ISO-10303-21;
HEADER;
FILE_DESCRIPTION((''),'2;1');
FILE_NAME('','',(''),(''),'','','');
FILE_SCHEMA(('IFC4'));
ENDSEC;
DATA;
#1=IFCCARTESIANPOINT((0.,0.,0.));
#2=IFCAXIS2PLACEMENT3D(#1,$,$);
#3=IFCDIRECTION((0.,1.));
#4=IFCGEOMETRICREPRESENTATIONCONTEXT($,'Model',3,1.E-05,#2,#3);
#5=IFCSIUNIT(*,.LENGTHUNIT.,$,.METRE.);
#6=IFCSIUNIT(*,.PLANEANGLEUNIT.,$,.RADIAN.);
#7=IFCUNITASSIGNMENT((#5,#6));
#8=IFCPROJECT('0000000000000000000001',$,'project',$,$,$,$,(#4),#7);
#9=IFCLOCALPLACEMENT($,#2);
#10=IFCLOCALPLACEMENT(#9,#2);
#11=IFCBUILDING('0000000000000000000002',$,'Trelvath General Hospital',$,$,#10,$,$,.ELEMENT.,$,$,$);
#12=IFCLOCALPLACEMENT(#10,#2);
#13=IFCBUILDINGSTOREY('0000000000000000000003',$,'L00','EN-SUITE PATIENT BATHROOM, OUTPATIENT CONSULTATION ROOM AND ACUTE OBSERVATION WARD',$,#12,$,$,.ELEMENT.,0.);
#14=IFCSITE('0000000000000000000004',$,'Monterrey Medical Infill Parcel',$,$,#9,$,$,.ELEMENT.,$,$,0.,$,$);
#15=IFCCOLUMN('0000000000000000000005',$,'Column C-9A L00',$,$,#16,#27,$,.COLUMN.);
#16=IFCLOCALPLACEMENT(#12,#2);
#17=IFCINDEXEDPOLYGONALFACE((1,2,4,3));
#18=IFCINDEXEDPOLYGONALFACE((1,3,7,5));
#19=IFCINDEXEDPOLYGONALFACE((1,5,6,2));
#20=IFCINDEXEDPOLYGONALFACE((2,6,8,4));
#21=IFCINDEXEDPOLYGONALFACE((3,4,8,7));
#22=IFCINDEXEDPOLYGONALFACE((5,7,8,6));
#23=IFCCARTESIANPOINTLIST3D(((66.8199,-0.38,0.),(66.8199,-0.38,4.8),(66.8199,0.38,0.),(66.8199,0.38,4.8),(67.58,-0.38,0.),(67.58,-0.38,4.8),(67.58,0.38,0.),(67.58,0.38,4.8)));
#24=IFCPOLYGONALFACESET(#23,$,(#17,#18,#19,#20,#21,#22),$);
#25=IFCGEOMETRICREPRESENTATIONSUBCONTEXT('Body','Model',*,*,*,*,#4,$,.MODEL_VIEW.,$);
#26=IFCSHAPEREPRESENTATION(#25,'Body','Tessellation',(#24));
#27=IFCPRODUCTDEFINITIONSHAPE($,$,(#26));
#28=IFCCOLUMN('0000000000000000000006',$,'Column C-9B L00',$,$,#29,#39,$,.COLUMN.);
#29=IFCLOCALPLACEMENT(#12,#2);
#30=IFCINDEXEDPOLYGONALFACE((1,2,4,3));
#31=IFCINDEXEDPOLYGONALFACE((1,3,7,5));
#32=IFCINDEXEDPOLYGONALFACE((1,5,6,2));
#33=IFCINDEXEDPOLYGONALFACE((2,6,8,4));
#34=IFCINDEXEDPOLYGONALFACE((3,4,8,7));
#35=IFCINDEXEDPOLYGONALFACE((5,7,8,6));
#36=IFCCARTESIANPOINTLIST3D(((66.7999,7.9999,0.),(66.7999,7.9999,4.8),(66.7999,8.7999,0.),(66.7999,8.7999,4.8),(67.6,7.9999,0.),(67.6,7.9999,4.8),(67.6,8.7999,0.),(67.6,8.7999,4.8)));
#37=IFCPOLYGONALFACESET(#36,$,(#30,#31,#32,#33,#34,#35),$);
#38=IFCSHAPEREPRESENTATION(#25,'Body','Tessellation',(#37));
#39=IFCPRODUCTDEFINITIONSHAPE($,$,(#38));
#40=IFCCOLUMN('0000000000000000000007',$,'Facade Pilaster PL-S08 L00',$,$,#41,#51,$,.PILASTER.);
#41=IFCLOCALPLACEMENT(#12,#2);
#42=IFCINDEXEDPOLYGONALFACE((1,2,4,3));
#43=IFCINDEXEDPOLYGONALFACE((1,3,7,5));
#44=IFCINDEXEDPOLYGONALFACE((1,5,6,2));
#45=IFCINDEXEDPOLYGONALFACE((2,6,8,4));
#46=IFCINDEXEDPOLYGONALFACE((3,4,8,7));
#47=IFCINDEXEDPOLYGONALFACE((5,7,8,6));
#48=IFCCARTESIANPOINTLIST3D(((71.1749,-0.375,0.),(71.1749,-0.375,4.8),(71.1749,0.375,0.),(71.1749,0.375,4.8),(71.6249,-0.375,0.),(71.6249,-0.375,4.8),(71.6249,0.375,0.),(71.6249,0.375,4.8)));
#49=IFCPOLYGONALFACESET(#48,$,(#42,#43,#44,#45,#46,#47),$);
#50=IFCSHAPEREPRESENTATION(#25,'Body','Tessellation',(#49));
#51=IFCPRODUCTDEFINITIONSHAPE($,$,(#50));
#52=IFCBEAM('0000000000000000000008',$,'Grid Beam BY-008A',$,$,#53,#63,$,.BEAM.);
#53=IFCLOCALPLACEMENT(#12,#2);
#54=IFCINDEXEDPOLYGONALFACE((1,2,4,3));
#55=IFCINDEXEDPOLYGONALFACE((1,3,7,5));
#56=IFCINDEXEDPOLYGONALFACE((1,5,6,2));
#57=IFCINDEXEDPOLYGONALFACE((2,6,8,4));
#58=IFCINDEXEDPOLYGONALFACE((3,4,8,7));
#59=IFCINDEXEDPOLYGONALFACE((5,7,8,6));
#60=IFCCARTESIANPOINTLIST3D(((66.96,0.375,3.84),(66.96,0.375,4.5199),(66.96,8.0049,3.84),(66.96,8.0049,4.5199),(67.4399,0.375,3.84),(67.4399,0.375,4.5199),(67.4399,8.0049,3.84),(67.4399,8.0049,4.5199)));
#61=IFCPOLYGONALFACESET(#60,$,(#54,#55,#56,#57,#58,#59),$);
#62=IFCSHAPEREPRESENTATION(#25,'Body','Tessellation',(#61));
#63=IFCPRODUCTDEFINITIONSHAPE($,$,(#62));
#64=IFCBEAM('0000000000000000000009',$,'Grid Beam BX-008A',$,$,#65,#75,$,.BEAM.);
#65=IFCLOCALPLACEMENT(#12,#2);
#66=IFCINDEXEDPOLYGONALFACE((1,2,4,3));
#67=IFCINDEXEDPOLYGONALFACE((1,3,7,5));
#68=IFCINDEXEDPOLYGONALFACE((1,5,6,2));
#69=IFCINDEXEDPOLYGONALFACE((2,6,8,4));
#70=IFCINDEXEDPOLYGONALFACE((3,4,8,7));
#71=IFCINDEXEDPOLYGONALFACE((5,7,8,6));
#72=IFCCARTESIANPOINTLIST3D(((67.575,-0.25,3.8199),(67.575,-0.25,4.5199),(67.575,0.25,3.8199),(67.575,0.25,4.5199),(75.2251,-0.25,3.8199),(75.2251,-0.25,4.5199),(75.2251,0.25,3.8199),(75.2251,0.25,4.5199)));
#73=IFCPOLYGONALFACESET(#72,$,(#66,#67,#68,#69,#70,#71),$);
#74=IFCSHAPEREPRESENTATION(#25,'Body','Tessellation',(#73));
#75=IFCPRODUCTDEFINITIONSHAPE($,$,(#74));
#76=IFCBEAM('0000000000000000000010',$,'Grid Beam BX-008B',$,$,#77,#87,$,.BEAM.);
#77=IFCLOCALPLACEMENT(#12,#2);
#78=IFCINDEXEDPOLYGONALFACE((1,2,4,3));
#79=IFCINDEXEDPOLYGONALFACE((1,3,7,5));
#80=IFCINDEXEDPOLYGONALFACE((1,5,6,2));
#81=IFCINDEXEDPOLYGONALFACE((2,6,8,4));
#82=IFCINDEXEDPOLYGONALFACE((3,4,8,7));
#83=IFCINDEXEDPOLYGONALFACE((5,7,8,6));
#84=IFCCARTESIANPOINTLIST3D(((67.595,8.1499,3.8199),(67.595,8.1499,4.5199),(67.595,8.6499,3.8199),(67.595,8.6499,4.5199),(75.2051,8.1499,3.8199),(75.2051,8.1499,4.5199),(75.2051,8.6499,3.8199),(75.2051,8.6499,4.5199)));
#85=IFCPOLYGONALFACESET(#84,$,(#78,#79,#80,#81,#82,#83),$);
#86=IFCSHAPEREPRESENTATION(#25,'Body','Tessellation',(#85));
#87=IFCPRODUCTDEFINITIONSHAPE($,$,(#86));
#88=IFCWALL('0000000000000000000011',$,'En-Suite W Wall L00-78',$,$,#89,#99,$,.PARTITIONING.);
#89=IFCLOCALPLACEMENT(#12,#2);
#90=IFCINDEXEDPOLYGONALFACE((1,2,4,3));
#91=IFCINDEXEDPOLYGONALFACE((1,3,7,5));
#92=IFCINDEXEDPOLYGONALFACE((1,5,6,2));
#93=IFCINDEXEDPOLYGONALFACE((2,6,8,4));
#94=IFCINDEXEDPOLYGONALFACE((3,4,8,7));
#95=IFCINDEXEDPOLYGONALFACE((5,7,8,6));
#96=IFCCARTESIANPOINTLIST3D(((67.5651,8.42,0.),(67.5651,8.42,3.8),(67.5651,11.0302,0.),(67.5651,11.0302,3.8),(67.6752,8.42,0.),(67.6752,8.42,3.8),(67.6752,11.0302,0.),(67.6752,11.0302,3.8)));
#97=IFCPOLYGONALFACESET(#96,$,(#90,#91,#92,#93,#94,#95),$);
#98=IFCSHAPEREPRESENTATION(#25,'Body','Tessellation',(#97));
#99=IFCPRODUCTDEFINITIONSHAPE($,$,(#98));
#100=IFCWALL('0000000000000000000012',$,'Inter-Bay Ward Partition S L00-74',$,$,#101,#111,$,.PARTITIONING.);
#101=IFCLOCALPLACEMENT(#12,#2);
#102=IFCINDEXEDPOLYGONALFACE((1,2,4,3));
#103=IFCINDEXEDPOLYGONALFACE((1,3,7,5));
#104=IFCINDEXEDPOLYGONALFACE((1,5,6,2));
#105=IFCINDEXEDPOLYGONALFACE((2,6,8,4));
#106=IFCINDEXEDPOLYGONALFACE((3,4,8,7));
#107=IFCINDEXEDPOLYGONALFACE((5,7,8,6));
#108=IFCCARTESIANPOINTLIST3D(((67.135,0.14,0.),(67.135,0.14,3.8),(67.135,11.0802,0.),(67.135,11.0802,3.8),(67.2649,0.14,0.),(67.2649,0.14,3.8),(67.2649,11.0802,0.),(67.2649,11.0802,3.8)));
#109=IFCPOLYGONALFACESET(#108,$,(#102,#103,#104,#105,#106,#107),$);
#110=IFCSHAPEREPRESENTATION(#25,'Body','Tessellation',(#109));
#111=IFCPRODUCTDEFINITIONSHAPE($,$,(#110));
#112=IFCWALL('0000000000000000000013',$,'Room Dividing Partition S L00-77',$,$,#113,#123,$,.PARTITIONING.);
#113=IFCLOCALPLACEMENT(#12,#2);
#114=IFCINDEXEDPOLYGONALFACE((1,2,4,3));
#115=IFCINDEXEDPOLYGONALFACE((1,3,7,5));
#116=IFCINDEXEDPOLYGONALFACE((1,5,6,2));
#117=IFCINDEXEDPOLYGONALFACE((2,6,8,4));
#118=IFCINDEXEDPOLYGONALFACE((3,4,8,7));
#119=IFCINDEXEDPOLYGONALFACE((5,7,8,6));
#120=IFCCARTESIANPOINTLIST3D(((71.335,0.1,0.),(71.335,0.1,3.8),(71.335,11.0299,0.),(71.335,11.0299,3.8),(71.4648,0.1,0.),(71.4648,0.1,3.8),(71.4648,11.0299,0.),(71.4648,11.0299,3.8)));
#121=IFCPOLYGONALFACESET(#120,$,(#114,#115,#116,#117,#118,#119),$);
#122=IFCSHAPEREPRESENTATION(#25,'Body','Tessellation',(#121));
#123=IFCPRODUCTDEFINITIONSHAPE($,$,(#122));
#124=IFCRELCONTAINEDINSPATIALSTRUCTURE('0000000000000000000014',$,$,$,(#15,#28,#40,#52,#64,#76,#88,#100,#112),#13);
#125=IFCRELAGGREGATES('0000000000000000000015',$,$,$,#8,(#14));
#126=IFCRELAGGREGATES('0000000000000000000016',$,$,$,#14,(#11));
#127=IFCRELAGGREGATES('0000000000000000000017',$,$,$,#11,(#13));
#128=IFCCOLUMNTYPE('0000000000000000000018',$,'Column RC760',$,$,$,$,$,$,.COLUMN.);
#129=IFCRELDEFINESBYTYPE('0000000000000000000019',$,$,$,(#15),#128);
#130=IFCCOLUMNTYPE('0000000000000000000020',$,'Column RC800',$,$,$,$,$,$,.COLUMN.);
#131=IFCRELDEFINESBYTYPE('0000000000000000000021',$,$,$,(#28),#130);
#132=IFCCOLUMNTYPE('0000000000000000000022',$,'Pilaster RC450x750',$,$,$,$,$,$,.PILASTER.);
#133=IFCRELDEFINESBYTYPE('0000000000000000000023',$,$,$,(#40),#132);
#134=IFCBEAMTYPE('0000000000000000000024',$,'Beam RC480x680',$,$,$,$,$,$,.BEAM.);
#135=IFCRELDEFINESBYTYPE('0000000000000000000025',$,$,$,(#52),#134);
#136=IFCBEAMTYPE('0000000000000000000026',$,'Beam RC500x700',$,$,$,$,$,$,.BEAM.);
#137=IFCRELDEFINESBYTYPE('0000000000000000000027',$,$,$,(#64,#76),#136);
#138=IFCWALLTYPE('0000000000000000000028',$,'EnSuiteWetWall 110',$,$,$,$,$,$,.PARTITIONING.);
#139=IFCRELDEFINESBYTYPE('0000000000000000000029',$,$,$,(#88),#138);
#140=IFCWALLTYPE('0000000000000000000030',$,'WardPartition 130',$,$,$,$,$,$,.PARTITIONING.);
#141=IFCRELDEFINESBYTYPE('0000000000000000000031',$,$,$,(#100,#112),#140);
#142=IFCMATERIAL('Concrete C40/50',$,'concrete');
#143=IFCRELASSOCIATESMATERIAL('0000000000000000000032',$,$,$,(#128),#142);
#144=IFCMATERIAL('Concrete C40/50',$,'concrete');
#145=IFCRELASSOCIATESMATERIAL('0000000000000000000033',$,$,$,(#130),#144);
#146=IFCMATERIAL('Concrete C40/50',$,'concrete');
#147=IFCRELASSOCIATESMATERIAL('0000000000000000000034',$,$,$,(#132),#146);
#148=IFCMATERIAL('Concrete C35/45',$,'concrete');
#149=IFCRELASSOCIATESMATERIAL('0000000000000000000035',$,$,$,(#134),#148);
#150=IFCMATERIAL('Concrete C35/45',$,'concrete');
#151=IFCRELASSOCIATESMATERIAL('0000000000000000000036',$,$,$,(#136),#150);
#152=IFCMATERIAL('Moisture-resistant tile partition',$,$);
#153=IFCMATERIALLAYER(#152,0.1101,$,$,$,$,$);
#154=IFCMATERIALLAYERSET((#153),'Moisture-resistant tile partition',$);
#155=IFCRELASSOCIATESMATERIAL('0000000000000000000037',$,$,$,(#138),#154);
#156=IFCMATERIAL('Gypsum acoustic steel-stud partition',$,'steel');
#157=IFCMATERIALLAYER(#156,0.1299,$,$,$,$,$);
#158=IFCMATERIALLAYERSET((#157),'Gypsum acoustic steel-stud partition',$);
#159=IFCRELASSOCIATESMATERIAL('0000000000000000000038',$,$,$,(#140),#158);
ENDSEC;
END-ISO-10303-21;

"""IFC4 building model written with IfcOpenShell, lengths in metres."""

from ifc_helpers import new_model, si_unit, direction, frame, frame_2d, origin, origin_2d, place, context, subcontext, project, spatial, rectangle, extrude, material, layer, layer_set, material_profile, profile_set, type_object, element, save


model = new_model("IFC4")

# Units and contexts
model_context = context("Model", 3, precision=1e-05, world=origin(), true_north=direction((0.0, 1.0)))
body_context = subcontext(model_context, "Body", "Model", "MODEL_VIEW")
ifc_project = project(units=[si_unit("LENGTHUNIT", "METRE"), si_unit("PLANEANGLEUNIT", "RADIAN")], contexts=[model_context])

# Site, building, storey
site_placement = place(None, origin())
site = spatial("IfcSite", under=ifc_project, at=site_placement, Name="Monterrey Medical Infill Parcel", CompositionType="ELEMENT", RefElevation=0.0)
building_placement = place(site_placement, origin())
building = spatial("IfcBuilding", under=site, at=building_placement, Name="Trelvath General Hospital", CompositionType="ELEMENT")
storey_placement = place(building_placement, origin())
storey = spatial("IfcBuildingStorey", under=building, at=storey_placement, Name="L00", Description="EN-SUITE PATIENT BATHROOM, OUTPATIENT CONSULTATION ROOM AND ACUTE OBSERVATION WARD", CompositionType="ELEMENT", Elevation=0.0)

# Columns
ifc_material_1 = material(Name="Concrete C40/50", Category="concrete")
ifc_material_profile_1 = material_profile(ifc_material_1, rectangle(XDim=0.76, YDim=0.76, at=origin_2d()), Name="RC760x760")
ifc_profile_set_1 = profile_set([ifc_material_profile_1], Name="Concrete C40/50")
column_type_1 = type_object("IfcColumnType", Name="Column RC760", PredefinedType="COLUMN", material=ifc_profile_set_1)
column_1_placement = place(storey_placement, frame((67.2, 0.0, 0.0), z_axis=(0.0, 0.0, 1.0), x_axis=(1.0, 0.0, 0.0)))
element("IfcColumn", 1, at=column_1_placement, inside=storey, type_object=column_type_1, Name="Column C-9A L00", PredefinedType="COLUMN", context=body_context, shape_type="SweptSolid", body=[
    extrude(rectangle(XDim=0.76, YDim=0.76, at=origin_2d()), origin(), (0.0, 0.0, 1.0), 4.8),
])
ifc_material_2 = material(Name="Concrete C40/50", Category="concrete")
ifc_material_profile_2 = material_profile(ifc_material_2, rectangle(XDim=0.8, YDim=0.8, at=origin_2d()), Name="RC800x800")
ifc_profile_set_2 = profile_set([ifc_material_profile_2], Name="Concrete C40/50")
column_type_2 = type_object("IfcColumnType", Name="Column RC800", PredefinedType="COLUMN", material=ifc_profile_set_2)
column_2_placement = place(storey_placement, frame((67.2, 8.3999, 0.0), z_axis=(0.0, 0.0, 1.0), x_axis=(1.0, 0.0, 0.0)))
element("IfcColumn", 2, at=column_2_placement, inside=storey, type_object=column_type_2, Name="Column C-9B L00", PredefinedType="COLUMN", context=body_context, shape_type="SweptSolid", body=[
    extrude(rectangle(XDim=0.8, YDim=0.8, at=origin_2d()), origin(), (0.0, 0.0, 1.0), 4.8),
])
ifc_material_3 = material(Name="Concrete C40/50", Category="concrete")
ifc_material_profile_3 = material_profile(ifc_material_3, rectangle(XDim=0.45, YDim=0.75, at=origin_2d()), Name="RC450x750")
ifc_profile_set_3 = profile_set([ifc_material_profile_3], Name="Concrete C40/50")
column_type_3 = type_object("IfcColumnType", Name="Pilaster RC450x750", PredefinedType="PILASTER", material=ifc_profile_set_3)
column_3_placement = place(storey_placement, frame((71.3999, 0.0, 0.0), z_axis=(0.0, 0.0, 1.0), x_axis=(1.0, 0.0, 0.0)))
element("IfcColumn", 3, at=column_3_placement, inside=storey, type_object=column_type_3, Name="Facade Pilaster PL-S08 L00", PredefinedType="PILASTER", context=body_context, shape_type="SweptSolid", body=[
    extrude(rectangle(XDim=0.45, YDim=0.75, at=origin_2d()), origin(), (0.0, 0.0, 1.0), 4.8),
])

# Beams
ifc_material_4 = material(Name="Concrete C35/45", Category="concrete")
ifc_material_profile_4 = material_profile(ifc_material_4, rectangle(XDim=0.48, YDim=0.6799, at=origin_2d()), Name="RCB480x680")
ifc_profile_set_4 = profile_set([ifc_material_profile_4], Name="Concrete C35/45")
beam_type_1 = type_object("IfcBeamType", Name="Beam RC480x680", PredefinedType="BEAM", material=ifc_profile_set_4)
beam_1_placement = place(storey_placement, frame((67.2, 0.375, 4.1799), z_axis=(0.0, 1.0, 0.0), x_axis=(-1.0, 0.0, 0.0)))
element("IfcBeam", 4, at=beam_1_placement, inside=storey, type_object=beam_type_1, Name="Grid Beam BY-008A", PredefinedType="BEAM", context=body_context, shape_type="SweptSolid", body=[
    extrude(rectangle(XDim=0.48, YDim=0.6799, at=origin_2d()), origin(), (0.0, 0.0, 1.0), 7.6299),
])
ifc_material_5 = material(Name="Concrete C35/45", Category="concrete")
ifc_material_profile_5 = material_profile(ifc_material_5, rectangle(XDim=0.5, YDim=0.7, at=origin_2d()), Name="RCB500x700")
ifc_profile_set_5 = profile_set([ifc_material_profile_5], Name="Concrete C35/45")
beam_type_2 = type_object("IfcBeamType", Name="Beam RC500x700", PredefinedType="BEAM", material=ifc_profile_set_5)
beam_2_placement = place(storey_placement, frame((67.575, 0.0, 4.1699), z_axis=(1.0, 0.0, 0.0), x_axis=(0.0, 1.0, 0.0)))
element("IfcBeam", 5, at=beam_2_placement, inside=storey, type_object=beam_type_2, Name="Grid Beam BX-008A", PredefinedType="BEAM", context=body_context, shape_type="SweptSolid", body=[
    extrude(rectangle(XDim=0.5, YDim=0.7, at=origin_2d()), origin(), (0.0, 0.0, 1.0), 7.6501),
])
beam_3_placement = place(storey_placement, frame((67.595, 8.3999, 4.1699), z_axis=(1.0, 0.0, 0.0), x_axis=(0.0, 1.0, 0.0)))
element("IfcBeam", 6, at=beam_3_placement, inside=storey, type_object=beam_type_2, Name="Grid Beam BX-008B", PredefinedType="BEAM", context=body_context, shape_type="SweptSolid", body=[
    extrude(rectangle(XDim=0.5, YDim=0.7, at=origin_2d()), origin(), (0.0, 0.0, 1.0), 7.6101),
])

# Wall
ifc_material_6 = material(Name="Moisture-resistant tile partition")
ifc_layer_1 = layer(ifc_material_6, 0.1101)
ifc_layer_set_1 = layer_set([ifc_layer_1], Name="Moisture-resistant tile partition")
wall_type_1 = type_object("IfcWallType", Name="EnSuiteWetWall 110", PredefinedType="PARTITIONING", material=ifc_layer_set_1)
wall_1_placement = place(storey_placement, frame((67.6201, 8.4199, 0.0), z_axis=(0.0, 0.0, 1.0), x_axis=(0.0, 1.0, 0.0)))
element("IfcWall", 7, at=wall_1_placement, inside=storey, type_object=wall_type_1, Name="En-Suite W Wall L00-78", PredefinedType="PARTITIONING", context=body_context, shape_type="SweptSolid", body=[
    extrude(rectangle(XDim=2.6101, YDim=0.1101, at=frame_2d((1.3052, 0.0))), origin(), (0.0, 0.0, 1.0), 3.8),
])

# Walls
ifc_material_7 = material(Name="Gypsum acoustic steel-stud partition", Category="steel")
ifc_layer_2 = layer(ifc_material_7, 0.1299)
ifc_layer_set_2 = layer_set([ifc_layer_2], Name="Gypsum acoustic steel-stud partition")
wall_type_2 = type_object("IfcWallType", Name="WardPartition 130", PredefinedType="PARTITIONING", material=ifc_layer_set_2)
wall_2_placement = place(storey_placement, frame((67.2, 0.1399, 0.0), z_axis=(0.0, 0.0, 1.0), x_axis=(0.0, 1.0, 0.0)))
element("IfcWall", 8, at=wall_2_placement, inside=storey, type_object=wall_type_2, Name="Inter-Bay Ward Partition S L00-74", PredefinedType="PARTITIONING", context=body_context, shape_type="SweptSolid", body=[
    extrude(rectangle(XDim=10.9402, YDim=0.1299, at=frame_2d((5.4702, 0.0))), origin(), (0.0, 0.0, 1.0), 3.8),
])
wall_3_placement = place(storey_placement, frame((71.3999, 0.1001, 0.0), z_axis=(0.0, 0.0, 1.0), x_axis=(0.0, 1.0, 0.0)))
element("IfcWall", 9, at=wall_3_placement, inside=storey, type_object=wall_type_2, Name="Room Dividing Partition S L00-77", PredefinedType="PARTITIONING", context=body_context, shape_type="SweptSolid", body=[
    extrude(rectangle(XDim=10.9299, YDim=0.1299, at=frame_2d((5.4648, 0.0))), origin(), (0.0, 0.0, 1.0), 3.8),
])

save(model, "model.ifc")
